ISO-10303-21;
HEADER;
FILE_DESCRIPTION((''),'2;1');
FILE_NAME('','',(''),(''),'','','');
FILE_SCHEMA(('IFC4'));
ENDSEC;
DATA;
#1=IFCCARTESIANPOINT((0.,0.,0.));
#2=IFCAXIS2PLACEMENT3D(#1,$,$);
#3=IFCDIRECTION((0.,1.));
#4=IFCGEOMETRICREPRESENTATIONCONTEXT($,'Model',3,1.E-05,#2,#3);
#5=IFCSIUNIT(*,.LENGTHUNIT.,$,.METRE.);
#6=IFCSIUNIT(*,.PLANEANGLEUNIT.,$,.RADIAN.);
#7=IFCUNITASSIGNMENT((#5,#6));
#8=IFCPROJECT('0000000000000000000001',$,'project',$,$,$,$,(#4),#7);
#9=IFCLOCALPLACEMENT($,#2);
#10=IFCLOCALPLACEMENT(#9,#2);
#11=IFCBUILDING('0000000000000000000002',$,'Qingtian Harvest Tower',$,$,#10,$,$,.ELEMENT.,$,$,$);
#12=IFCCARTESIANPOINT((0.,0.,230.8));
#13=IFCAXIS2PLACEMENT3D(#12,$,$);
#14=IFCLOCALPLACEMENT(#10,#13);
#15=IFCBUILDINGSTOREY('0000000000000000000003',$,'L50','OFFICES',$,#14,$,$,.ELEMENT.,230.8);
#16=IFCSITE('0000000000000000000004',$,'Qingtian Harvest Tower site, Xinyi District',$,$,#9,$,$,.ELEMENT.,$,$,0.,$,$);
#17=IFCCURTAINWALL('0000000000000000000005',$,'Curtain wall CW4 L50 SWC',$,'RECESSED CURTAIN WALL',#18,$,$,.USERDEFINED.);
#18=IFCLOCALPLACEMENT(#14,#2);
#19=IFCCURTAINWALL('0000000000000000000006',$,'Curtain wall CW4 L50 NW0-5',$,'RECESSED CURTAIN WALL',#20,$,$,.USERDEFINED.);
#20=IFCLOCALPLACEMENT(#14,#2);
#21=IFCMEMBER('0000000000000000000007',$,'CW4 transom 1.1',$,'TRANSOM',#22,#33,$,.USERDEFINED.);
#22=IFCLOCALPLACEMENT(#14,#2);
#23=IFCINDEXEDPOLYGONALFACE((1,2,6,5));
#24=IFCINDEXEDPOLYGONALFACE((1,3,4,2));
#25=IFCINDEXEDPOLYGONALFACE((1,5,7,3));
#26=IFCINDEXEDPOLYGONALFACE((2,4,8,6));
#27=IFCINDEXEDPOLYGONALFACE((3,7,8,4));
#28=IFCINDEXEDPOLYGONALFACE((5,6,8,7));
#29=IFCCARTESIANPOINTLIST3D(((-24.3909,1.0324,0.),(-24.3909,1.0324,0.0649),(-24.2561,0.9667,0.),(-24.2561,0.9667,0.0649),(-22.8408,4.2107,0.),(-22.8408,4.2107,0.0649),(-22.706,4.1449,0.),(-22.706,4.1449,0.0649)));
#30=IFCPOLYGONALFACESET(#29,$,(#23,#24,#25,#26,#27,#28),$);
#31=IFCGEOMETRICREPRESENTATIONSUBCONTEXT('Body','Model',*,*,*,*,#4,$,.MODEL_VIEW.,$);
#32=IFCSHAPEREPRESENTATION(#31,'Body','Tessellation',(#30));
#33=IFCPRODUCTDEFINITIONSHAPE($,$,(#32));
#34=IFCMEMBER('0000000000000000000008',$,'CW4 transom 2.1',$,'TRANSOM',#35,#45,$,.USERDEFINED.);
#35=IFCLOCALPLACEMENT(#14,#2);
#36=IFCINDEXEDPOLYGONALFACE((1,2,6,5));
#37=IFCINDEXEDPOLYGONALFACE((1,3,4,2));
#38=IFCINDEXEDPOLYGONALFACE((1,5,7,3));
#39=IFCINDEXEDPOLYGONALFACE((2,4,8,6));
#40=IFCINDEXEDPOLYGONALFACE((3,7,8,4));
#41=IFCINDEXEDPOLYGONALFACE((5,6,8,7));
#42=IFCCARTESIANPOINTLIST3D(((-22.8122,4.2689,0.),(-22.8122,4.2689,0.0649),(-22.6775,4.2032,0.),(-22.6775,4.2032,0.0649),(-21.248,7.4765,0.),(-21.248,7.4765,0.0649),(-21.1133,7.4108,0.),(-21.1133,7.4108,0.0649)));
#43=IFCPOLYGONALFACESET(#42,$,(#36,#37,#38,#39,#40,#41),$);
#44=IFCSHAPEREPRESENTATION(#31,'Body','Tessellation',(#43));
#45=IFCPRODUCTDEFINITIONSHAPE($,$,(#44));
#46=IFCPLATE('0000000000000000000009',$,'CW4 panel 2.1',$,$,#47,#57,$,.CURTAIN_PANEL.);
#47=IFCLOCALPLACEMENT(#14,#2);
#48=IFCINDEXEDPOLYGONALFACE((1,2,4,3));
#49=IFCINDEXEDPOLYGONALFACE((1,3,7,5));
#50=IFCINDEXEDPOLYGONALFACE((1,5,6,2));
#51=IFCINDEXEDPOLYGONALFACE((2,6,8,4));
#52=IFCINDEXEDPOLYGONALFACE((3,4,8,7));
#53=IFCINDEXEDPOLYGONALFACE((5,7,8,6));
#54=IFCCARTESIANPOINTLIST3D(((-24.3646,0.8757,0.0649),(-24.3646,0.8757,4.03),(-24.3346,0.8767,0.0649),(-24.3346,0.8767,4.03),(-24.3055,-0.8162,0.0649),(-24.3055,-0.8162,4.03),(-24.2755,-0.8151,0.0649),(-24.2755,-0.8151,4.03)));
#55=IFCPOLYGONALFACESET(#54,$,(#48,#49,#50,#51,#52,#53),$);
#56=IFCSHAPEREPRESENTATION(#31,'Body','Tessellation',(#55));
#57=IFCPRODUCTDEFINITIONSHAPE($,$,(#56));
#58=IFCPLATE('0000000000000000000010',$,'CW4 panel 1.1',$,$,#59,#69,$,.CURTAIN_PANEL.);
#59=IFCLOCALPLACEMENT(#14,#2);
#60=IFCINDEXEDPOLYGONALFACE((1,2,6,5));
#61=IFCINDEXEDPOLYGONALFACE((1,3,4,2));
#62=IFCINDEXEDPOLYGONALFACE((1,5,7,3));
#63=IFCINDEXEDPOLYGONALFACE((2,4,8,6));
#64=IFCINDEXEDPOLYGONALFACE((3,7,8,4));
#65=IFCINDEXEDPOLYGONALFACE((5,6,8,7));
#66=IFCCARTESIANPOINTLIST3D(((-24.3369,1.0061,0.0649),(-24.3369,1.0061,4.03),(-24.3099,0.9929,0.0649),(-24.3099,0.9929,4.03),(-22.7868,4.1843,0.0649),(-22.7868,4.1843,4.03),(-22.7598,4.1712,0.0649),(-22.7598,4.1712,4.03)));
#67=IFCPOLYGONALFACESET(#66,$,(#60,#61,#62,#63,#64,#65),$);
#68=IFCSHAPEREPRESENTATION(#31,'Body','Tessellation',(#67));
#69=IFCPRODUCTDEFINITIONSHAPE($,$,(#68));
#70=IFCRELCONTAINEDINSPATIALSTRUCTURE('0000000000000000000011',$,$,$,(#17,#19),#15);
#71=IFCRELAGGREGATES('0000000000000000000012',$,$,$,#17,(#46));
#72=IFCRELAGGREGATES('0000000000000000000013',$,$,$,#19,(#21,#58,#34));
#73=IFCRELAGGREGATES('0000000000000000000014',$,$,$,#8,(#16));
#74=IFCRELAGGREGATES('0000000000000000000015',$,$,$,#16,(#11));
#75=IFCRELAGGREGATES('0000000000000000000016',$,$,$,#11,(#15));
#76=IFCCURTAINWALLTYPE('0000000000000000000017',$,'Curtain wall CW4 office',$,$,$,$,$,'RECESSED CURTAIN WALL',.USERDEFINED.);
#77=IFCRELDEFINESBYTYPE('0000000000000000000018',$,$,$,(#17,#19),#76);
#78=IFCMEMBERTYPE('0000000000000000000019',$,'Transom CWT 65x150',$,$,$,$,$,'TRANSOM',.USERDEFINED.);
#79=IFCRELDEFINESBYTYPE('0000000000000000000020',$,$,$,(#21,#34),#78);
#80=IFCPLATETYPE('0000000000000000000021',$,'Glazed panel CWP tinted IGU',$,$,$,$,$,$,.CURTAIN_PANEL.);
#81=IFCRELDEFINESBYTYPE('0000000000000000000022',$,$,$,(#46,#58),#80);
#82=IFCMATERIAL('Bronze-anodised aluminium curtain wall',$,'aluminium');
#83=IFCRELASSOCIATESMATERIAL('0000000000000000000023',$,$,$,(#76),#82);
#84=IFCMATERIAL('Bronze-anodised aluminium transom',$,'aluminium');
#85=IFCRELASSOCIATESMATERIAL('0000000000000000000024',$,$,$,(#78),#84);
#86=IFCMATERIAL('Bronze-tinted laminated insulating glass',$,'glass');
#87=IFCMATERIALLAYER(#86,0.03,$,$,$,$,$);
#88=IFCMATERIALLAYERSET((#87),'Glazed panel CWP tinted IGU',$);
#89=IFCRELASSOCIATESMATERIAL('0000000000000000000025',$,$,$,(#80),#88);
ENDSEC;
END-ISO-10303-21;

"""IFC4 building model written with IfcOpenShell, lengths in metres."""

from ifc_helpers import new_model, si_unit, direction, frame, origin, origin_2d, place, context, subcontext, project, spatial, rectangle, extrude, material, layer, layer_set, material_profile, profile_set, type_object, element, aggregate, save


model = new_model("IFC4")

# Units and contexts
model_context = context("Model", 3, precision=1e-05, world=origin(), true_north=direction((0.0, 1.0)))
body_context = subcontext(model_context, "Body", "Model", "MODEL_VIEW")
ifc_project = project(units=[si_unit("LENGTHUNIT", "METRE"), si_unit("PLANEANGLEUNIT", "RADIAN")], contexts=[model_context])

# Site, building, storey
site_placement = place(None, origin())
site = spatial("IfcSite", under=ifc_project, at=site_placement, Name="Qingtian Harvest Tower site, Xinyi District", CompositionType="ELEMENT", RefElevation=0.0)
building_placement = place(site_placement, origin())
building = spatial("IfcBuilding", under=site, at=building_placement, Name="Qingtian Harvest Tower", CompositionType="ELEMENT")
storey_placement = place(building_placement, frame((0.0, 0.0, 230.8)))
storey = spatial("IfcBuildingStorey", under=building, at=storey_placement, Name="L50", Description="OFFICES", CompositionType="ELEMENT", Elevation=230.8)

# Curtain wall
ifc_material_1 = material(Name="Bronze-anodised aluminium curtain wall", Category="aluminium")
curtain_wall_type = type_object("IfcCurtainWallType", Name="Curtain wall CW4 office", ElementType="RECESSED CURTAIN WALL", PredefinedType="USERDEFINED", material=ifc_material_1)
curtain_wall_1_placement = place(storey_placement, origin())
curtain_wall_1 = element("IfcCurtainWall", 1, at=curtain_wall_1_placement, inside=storey, type_object=curtain_wall_type, Name="Curtain wall CW4 L50 SWC", ObjectType="RECESSED CURTAIN WALL", PredefinedType="USERDEFINED")

# Curtain wall
curtain_wall_2_placement = place(storey_placement, origin())
curtain_wall_2 = element("IfcCurtainWall", 2, at=curtain_wall_2_placement, inside=storey, type_object=curtain_wall_type, Name="Curtain wall CW4 L50 NW0-5", ObjectType="RECESSED CURTAIN WALL", PredefinedType="USERDEFINED")

# Members
ifc_material_2 = material(Name="Bronze-anodised aluminium transom", Category="aluminium")
ifc_material_profile_1 = material_profile(ifc_material_2, rectangle(XDim=0.1499, YDim=0.0649, at=origin_2d()), Name="AL 65x150")
ifc_profile_set_1 = profile_set([ifc_material_profile_1], Name="Bronze-anodised aluminium transom")
member_type_1 = type_object("IfcMemberType", Name="Transom CWT 65x150", ElementType="TRANSOM", PredefinedType="USERDEFINED", material=ifc_profile_set_1)
member_1_placement = place(storey_placement, frame((-24.3235, 0.9995, 0.0325), z_axis=(0.438354, 0.898802, 0.0), x_axis=(-0.898802, 0.438354, 0.0)))
member_1 = element("IfcMember", 3, at=member_1_placement, type_object=member_type_1, Name="CW4 transom 1.1", ObjectType="TRANSOM", PredefinedType="USERDEFINED", context=body_context, shape_type="SweptSolid", body=[
    extrude(rectangle(XDim=0.1499, YDim=0.0649, at=origin_2d()), origin(), (0.0, 0.0, 1.0), 3.5361),
])
member_2_placement = place(storey_placement, frame((-22.7449, 4.2361, 0.0325), z_axis=(0.438325, 0.898816, 0.0), x_axis=(-0.898816, 0.438325, 0.0)))
member_2 = element("IfcMember", 4, at=member_2_placement, type_object=member_type_1, Name="CW4 transom 2.1", ObjectType="TRANSOM", PredefinedType="USERDEFINED", context=body_context, shape_type="SweptSolid", body=[
    extrude(rectangle(XDim=0.1499, YDim=0.0649, at=origin_2d()), origin(), (0.0, 0.0, 1.0), 3.5686),
])

# Plates
ifc_material_3 = material(Name="Bronze-tinted laminated insulating glass", Category="glass")
ifc_layer = layer(ifc_material_3, 0.03)
ifc_layer_set = layer_set([ifc_layer], Name="Glazed panel CWP tinted IGU")
plate_type = type_object("IfcPlateType", Name="Glazed panel CWP tinted IGU", PredefinedType="CURTAIN_PANEL", material=ifc_layer_set)
plate_1_placement = place(storey_placement, frame((-24.3201, 0.0303, 0.0649), z_axis=(0.0, 0.0, 1.0), x_axis=(-0.034899, 0.999391, 0.0)))
plate_1 = element("IfcPlate", 5, at=plate_1_placement, type_object=plate_type, Name="CW4 panel 2.1", PredefinedType="CURTAIN_PANEL", context=body_context, shape_type="SweptSolid", body=[
    extrude(rectangle(XDim=1.6929, YDim=0.03, at=origin_2d()), origin(), (0.0, 0.0, 1.0), 3.9651),
])
aggregate(curtain_wall_1, [plate_1])
plate_2_placement = place(storey_placement, frame((-23.5483, 2.5886, 0.0649), z_axis=(0.0, 0.0, 1.0), x_axis=(0.438371, 0.898794, 0.0)))
plate_2 = element("IfcPlate", 6, at=plate_2_placement, type_object=plate_type, Name="CW4 panel 1.1", PredefinedType="CURTAIN_PANEL", context=body_context, shape_type="SweptSolid", body=[
    extrude(rectangle(XDim=3.5361, YDim=0.03, at=origin_2d()), origin(), (0.0, 0.0, 1.0), 3.9651),
])
aggregate(curtain_wall_2, [member_1, plate_2, member_2])

save(model, "model.ifc")
